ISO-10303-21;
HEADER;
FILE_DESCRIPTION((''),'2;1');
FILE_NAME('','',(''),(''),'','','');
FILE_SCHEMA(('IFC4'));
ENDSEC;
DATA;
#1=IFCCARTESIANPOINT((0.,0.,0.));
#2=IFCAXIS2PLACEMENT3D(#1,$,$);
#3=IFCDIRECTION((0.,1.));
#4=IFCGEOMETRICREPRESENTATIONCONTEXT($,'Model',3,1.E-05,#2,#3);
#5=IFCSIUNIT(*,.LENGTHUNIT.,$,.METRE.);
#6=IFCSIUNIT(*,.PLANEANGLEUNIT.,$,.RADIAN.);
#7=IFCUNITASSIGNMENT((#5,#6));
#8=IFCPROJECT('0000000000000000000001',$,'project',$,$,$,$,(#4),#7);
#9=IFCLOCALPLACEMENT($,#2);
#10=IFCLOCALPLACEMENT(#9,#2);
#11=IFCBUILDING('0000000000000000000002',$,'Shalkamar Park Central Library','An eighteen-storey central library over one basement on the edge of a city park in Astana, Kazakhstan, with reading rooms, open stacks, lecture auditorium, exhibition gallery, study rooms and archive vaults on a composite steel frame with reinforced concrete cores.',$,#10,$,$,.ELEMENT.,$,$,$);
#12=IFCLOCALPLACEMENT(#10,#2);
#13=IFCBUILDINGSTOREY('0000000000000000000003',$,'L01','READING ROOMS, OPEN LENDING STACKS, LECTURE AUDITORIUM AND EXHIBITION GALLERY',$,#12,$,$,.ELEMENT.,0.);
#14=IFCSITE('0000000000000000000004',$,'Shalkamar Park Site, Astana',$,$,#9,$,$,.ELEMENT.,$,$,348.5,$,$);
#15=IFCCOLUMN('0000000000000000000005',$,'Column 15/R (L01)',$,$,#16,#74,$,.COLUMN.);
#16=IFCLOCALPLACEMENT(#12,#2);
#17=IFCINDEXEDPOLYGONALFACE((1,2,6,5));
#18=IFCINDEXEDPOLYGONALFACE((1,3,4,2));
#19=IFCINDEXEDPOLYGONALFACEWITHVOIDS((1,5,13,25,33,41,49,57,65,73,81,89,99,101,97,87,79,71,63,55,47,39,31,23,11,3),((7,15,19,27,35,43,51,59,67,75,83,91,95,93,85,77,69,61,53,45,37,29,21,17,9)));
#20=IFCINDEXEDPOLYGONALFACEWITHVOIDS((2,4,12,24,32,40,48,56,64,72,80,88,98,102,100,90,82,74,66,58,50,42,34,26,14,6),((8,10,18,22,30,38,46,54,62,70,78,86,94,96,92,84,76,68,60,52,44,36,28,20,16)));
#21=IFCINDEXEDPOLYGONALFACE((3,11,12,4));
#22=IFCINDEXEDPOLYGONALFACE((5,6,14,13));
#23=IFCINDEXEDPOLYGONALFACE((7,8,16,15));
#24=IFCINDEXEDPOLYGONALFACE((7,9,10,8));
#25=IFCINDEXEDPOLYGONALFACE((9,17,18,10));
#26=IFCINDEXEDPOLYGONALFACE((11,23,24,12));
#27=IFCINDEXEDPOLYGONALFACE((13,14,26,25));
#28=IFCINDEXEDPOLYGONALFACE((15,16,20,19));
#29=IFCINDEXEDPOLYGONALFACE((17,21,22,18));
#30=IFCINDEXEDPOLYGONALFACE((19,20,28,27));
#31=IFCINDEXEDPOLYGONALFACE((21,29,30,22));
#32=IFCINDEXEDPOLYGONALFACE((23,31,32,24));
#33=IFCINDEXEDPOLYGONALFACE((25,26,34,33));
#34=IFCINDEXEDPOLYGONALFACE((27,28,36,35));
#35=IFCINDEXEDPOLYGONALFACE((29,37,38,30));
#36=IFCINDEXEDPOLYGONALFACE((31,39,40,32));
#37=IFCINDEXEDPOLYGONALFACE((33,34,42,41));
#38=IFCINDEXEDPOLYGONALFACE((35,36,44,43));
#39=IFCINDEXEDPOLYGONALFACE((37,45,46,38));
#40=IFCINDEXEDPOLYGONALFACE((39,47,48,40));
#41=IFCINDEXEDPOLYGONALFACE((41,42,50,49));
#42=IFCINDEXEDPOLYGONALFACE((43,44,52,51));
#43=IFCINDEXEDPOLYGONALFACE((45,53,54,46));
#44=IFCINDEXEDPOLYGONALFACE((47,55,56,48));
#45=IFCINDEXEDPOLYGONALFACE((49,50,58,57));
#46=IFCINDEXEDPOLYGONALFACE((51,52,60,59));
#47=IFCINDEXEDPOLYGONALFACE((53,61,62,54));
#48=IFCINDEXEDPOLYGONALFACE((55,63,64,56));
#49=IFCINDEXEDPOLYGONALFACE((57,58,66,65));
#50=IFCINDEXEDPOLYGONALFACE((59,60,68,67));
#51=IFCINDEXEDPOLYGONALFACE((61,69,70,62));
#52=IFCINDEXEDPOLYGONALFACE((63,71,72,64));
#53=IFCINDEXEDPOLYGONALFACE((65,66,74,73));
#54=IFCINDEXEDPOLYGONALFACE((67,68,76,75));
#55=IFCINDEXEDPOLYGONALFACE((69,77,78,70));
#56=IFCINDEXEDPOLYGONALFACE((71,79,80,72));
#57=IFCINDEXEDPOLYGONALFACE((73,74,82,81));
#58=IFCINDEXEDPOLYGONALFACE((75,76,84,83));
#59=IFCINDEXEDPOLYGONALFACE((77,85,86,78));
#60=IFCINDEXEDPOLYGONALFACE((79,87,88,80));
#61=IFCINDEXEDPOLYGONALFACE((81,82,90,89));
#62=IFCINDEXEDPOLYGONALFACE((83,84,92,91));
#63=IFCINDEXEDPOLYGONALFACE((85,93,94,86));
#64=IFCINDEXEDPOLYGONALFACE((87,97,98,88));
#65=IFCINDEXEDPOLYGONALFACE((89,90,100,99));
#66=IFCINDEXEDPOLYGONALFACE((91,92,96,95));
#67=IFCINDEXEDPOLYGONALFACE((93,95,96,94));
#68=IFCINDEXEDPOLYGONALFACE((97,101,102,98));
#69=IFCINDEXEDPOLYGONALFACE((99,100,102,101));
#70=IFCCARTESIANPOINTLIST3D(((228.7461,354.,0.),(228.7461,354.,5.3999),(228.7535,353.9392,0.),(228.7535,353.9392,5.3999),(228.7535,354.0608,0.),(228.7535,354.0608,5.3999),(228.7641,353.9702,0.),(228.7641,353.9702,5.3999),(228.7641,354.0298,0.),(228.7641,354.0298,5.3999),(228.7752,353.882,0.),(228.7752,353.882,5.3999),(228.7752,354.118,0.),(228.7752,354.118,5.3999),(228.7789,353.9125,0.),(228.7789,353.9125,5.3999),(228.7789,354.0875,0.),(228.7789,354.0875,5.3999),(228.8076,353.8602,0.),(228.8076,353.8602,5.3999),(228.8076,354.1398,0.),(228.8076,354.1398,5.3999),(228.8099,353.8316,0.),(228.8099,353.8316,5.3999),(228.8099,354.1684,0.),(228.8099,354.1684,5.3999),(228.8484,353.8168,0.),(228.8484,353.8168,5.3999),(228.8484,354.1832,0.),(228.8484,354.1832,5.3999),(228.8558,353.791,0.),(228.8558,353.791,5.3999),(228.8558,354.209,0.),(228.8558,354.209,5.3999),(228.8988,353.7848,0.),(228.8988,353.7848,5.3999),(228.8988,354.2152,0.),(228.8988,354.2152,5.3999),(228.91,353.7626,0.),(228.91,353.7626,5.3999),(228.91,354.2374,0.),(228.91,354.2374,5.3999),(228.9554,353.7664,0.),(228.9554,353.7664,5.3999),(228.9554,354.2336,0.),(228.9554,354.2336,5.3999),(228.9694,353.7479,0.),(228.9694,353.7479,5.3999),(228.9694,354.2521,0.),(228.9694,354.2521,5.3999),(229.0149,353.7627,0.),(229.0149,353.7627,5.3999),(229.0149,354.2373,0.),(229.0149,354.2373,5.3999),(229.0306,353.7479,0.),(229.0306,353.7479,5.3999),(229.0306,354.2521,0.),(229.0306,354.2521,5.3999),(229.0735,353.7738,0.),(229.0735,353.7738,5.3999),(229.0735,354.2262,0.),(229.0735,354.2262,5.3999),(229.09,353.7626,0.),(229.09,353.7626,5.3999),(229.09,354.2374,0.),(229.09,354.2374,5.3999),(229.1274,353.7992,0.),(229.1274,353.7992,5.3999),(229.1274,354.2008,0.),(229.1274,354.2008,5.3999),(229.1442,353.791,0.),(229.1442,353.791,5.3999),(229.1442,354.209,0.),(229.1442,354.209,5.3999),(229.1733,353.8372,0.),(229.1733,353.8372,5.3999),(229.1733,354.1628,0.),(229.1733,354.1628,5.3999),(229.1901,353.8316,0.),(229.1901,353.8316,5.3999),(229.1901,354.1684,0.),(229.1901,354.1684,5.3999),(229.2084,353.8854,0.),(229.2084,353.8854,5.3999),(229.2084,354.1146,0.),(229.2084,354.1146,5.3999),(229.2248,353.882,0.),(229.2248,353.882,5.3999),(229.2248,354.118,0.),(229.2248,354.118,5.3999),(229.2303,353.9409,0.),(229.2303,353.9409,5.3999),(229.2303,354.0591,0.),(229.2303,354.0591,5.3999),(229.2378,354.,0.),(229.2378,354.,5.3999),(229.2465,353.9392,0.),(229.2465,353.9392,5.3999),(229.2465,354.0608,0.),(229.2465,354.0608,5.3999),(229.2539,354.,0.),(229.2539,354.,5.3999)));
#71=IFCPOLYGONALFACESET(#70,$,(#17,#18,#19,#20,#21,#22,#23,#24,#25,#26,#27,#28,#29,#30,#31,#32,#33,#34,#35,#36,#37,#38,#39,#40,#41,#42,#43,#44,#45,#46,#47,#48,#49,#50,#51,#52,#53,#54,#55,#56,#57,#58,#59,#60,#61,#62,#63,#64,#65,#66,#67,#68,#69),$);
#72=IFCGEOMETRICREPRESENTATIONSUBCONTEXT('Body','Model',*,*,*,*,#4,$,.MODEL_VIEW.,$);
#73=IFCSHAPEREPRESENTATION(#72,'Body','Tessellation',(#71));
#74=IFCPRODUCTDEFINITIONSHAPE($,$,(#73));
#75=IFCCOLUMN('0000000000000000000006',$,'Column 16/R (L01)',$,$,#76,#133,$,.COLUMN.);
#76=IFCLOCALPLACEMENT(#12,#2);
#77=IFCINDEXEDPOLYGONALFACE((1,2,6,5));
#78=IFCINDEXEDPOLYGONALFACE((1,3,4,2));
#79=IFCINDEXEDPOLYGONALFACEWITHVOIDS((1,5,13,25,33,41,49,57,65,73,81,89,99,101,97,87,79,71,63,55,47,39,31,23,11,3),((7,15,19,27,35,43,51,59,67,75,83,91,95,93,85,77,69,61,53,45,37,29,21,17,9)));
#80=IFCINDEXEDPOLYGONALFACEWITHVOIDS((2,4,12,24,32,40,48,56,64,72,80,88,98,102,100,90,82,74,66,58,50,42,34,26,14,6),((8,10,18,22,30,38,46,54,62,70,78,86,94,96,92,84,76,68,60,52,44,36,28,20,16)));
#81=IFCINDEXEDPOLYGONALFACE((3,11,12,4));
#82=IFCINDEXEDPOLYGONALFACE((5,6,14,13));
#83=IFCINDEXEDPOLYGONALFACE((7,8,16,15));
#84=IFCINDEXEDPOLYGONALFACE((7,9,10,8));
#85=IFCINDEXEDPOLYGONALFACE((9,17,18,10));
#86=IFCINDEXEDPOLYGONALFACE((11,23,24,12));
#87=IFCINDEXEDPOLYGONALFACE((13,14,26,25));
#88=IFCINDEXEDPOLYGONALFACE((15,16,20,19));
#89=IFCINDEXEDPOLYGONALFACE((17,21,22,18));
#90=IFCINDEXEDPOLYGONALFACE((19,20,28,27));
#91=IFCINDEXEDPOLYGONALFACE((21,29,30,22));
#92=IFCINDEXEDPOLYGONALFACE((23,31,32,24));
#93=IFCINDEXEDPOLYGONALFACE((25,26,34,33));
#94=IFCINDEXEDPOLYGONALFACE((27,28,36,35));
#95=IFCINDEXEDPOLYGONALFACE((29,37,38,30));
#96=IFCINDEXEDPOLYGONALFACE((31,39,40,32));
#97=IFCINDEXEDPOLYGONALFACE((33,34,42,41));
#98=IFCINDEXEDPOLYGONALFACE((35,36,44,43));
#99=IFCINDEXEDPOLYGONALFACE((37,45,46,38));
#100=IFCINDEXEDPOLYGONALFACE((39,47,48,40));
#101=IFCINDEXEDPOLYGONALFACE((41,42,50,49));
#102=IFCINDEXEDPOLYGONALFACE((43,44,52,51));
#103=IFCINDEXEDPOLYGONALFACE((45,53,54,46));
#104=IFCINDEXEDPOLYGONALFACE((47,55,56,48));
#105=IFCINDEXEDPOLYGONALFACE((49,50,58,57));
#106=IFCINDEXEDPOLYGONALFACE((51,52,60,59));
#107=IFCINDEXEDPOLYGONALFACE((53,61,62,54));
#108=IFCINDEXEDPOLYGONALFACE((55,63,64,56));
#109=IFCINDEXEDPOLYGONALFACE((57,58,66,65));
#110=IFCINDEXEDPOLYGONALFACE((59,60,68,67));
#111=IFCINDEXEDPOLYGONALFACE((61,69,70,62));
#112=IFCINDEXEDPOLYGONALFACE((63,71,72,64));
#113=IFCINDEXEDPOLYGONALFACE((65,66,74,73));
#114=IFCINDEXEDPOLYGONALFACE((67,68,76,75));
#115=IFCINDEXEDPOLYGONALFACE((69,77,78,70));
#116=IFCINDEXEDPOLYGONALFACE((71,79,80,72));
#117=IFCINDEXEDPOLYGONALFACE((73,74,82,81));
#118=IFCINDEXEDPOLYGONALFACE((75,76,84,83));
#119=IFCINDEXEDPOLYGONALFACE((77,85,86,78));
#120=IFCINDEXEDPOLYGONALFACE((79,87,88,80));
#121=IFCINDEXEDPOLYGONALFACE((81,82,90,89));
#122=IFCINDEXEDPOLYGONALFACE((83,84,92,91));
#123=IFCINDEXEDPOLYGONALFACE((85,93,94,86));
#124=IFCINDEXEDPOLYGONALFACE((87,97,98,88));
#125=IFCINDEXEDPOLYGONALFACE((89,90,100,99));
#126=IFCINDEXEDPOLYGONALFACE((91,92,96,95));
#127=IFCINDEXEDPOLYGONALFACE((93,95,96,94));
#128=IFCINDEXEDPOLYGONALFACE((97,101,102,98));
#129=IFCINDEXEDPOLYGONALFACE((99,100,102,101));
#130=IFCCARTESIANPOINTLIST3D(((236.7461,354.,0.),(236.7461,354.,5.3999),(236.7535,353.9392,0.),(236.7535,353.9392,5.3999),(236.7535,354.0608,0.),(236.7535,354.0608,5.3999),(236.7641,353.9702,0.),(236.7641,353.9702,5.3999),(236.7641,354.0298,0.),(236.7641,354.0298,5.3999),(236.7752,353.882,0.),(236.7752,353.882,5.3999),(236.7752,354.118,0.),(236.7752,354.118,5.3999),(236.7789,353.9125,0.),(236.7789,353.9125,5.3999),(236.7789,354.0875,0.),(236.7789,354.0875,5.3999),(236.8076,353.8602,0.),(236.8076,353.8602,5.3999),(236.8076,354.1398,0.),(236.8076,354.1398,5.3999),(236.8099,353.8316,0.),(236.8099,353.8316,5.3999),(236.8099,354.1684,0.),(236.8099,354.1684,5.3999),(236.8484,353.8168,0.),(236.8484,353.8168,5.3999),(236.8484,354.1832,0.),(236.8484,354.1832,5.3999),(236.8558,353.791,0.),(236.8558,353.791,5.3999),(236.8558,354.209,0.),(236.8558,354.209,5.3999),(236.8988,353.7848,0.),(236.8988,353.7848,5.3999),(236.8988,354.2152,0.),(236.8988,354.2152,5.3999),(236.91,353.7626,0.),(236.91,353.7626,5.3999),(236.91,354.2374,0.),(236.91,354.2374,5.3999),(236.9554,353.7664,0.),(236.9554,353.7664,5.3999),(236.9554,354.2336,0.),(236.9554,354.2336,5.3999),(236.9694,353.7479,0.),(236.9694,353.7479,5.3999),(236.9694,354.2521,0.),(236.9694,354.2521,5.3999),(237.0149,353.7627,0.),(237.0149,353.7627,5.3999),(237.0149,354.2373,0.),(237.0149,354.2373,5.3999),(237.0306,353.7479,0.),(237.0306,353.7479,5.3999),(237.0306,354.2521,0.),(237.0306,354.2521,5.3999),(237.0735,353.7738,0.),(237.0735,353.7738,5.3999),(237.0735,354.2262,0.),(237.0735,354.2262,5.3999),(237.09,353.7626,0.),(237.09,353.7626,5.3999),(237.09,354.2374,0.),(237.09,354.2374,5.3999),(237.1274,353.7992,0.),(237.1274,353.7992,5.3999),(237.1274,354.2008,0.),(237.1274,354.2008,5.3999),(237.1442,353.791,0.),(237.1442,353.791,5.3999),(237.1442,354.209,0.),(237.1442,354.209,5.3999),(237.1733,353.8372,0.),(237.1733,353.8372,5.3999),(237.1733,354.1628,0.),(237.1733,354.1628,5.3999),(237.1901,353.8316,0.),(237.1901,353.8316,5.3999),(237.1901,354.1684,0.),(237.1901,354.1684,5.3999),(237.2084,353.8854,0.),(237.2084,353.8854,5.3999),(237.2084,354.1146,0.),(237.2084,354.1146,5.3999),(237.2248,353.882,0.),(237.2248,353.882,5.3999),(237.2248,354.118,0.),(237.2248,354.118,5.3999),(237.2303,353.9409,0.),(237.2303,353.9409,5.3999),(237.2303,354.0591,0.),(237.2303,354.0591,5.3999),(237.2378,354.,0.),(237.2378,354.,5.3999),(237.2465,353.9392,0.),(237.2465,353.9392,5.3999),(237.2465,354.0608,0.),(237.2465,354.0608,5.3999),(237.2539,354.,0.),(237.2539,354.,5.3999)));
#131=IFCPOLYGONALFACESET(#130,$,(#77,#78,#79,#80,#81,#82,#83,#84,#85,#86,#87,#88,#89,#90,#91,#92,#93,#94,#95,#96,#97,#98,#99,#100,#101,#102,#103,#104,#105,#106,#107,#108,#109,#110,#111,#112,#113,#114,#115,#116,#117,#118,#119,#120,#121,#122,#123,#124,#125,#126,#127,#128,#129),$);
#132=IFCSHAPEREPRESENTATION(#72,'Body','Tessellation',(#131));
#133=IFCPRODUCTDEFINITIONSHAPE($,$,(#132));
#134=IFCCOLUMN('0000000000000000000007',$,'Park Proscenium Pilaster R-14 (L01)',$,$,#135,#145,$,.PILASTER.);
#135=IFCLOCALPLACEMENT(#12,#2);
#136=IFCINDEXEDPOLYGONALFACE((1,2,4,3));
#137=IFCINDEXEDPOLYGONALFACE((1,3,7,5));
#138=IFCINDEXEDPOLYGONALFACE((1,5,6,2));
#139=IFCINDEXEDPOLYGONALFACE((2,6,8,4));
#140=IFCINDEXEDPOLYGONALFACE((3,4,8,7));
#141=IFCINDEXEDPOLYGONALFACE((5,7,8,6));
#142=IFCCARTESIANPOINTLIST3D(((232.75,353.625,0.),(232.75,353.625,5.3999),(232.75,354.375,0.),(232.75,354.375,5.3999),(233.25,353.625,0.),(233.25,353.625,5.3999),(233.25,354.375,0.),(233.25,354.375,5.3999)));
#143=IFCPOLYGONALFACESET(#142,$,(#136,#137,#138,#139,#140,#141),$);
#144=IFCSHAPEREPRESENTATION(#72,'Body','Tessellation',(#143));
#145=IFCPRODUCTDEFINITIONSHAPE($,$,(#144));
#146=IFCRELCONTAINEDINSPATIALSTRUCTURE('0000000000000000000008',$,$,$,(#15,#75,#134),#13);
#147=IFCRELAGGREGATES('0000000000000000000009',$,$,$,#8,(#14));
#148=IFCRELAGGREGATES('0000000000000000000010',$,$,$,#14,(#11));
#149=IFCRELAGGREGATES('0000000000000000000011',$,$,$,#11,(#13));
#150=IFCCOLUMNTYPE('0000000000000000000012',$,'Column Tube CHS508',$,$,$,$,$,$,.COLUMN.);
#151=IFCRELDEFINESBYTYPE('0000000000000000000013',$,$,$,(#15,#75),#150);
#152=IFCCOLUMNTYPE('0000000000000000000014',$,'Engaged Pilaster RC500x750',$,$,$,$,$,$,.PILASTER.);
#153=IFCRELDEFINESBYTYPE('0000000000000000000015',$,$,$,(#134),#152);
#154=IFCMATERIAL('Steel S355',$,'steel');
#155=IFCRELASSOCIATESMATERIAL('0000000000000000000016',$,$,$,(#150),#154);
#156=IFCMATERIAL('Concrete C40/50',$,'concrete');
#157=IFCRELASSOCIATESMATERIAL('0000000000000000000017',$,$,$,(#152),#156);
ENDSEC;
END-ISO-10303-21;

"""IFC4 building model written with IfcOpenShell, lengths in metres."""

from ifc_helpers import new_model, si_unit, direction, frame, origin, origin_2d, place, context, subcontext, project, spatial, rectangle, hollow_circle, extrude, material, material_profile, profile_set, type_object, element, save


model = new_model("IFC4")

# Units and contexts
model_context = context("Model", 3, precision=1e-05, world=origin(), true_north=direction((0.0, 1.0)))
body_context = subcontext(model_context, "Body", "Model", "MODEL_VIEW")
ifc_project = project(units=[si_unit("LENGTHUNIT", "METRE"), si_unit("PLANEANGLEUNIT", "RADIAN")], contexts=[model_context])

# Site, building, storey
site_placement = place(None, origin())
site = spatial("IfcSite", under=ifc_project, at=site_placement, Name="Shalkamar Park Site, Astana", CompositionType="ELEMENT", RefElevation=348.5)
building_placement = place(site_placement, origin())
building = spatial("IfcBuilding", under=site, at=building_placement, Name="Shalkamar Park Central Library", Description="An eighteen-storey central library over one basement on the edge of a city park in Astana, Kazakhstan, with reading rooms, open stacks, lecture auditorium, exhibition gallery, study rooms and archive vaults on a composite steel frame with reinforced concrete cores.", CompositionType="ELEMENT")
storey_placement = place(building_placement, origin())
storey = spatial("IfcBuildingStorey", under=building, at=storey_placement, Name="L01", Description="READING ROOMS, OPEN LENDING STACKS, LECTURE AUDITORIUM AND EXHIBITION GALLERY", CompositionType="ELEMENT", Elevation=0.0)

# Columns
ifc_material_1 = material(Name="Steel S355", Category="steel")
ifc_material_profile_1 = material_profile(ifc_material_1, hollow_circle(Radius=0.2539, WallThickness=0.0161, at=origin_2d()), Name="CHS 508x16")
ifc_profile_set_1 = profile_set([ifc_material_profile_1], Name="Steel S355")
column_type_1 = type_object("IfcColumnType", Name="Column Tube CHS508", PredefinedType="COLUMN", material=ifc_profile_set_1)
for number, where, z_axis, x_axis, name in (
    (1, (229.0, 354.0, 0.0), (0.0, 0.0, 1.0), (1.0, 0.0, 0.0), "Column 15/R (L01)"),
    (2, (237.0, 354.0, 0.0), (0.0, 0.0, 1.0), (1.0, 0.0, 0.0), "Column 16/R (L01)"),
):
    element("IfcColumn", number, at=place(storey_placement, frame(where, z_axis=z_axis, x_axis=x_axis)), inside=storey, type_object=column_type_1, Name=name, PredefinedType="COLUMN", context=body_context, shape_type="SweptSolid", body=[
        extrude(hollow_circle(Radius=0.2539, WallThickness=0.0161, at=origin_2d()), origin(), (0.0, 0.0, 1.0), 5.3999),
    ])
ifc_material_2 = material(Name="Concrete C40/50", Category="concrete")
ifc_material_profile_2 = material_profile(ifc_material_2, rectangle(XDim=0.5, YDim=0.75, at=origin_2d()), Name="RC 500x750")
ifc_profile_set_2 = profile_set([ifc_material_profile_2], Name="Concrete C40/50")
column_type_2 = type_object("IfcColumnType", Name="Engaged Pilaster RC500x750", PredefinedType="PILASTER", material=ifc_profile_set_2)
column_placement = place(storey_placement, frame((233.0, 354.0, 0.0), z_axis=(0.0, 0.0, 1.0), x_axis=(1.0, 0.0, 0.0)))
element("IfcColumn", 3, at=column_placement, inside=storey, type_object=column_type_2, Name="Park Proscenium Pilaster R-14 (L01)", PredefinedType="PILASTER", context=body_context, shape_type="SweptSolid", body=[
    extrude(rectangle(XDim=0.5, YDim=0.75, at=origin_2d()), origin(), (0.0, 0.0, 1.0), 5.3999),
])

save(model, "model.ifc")
